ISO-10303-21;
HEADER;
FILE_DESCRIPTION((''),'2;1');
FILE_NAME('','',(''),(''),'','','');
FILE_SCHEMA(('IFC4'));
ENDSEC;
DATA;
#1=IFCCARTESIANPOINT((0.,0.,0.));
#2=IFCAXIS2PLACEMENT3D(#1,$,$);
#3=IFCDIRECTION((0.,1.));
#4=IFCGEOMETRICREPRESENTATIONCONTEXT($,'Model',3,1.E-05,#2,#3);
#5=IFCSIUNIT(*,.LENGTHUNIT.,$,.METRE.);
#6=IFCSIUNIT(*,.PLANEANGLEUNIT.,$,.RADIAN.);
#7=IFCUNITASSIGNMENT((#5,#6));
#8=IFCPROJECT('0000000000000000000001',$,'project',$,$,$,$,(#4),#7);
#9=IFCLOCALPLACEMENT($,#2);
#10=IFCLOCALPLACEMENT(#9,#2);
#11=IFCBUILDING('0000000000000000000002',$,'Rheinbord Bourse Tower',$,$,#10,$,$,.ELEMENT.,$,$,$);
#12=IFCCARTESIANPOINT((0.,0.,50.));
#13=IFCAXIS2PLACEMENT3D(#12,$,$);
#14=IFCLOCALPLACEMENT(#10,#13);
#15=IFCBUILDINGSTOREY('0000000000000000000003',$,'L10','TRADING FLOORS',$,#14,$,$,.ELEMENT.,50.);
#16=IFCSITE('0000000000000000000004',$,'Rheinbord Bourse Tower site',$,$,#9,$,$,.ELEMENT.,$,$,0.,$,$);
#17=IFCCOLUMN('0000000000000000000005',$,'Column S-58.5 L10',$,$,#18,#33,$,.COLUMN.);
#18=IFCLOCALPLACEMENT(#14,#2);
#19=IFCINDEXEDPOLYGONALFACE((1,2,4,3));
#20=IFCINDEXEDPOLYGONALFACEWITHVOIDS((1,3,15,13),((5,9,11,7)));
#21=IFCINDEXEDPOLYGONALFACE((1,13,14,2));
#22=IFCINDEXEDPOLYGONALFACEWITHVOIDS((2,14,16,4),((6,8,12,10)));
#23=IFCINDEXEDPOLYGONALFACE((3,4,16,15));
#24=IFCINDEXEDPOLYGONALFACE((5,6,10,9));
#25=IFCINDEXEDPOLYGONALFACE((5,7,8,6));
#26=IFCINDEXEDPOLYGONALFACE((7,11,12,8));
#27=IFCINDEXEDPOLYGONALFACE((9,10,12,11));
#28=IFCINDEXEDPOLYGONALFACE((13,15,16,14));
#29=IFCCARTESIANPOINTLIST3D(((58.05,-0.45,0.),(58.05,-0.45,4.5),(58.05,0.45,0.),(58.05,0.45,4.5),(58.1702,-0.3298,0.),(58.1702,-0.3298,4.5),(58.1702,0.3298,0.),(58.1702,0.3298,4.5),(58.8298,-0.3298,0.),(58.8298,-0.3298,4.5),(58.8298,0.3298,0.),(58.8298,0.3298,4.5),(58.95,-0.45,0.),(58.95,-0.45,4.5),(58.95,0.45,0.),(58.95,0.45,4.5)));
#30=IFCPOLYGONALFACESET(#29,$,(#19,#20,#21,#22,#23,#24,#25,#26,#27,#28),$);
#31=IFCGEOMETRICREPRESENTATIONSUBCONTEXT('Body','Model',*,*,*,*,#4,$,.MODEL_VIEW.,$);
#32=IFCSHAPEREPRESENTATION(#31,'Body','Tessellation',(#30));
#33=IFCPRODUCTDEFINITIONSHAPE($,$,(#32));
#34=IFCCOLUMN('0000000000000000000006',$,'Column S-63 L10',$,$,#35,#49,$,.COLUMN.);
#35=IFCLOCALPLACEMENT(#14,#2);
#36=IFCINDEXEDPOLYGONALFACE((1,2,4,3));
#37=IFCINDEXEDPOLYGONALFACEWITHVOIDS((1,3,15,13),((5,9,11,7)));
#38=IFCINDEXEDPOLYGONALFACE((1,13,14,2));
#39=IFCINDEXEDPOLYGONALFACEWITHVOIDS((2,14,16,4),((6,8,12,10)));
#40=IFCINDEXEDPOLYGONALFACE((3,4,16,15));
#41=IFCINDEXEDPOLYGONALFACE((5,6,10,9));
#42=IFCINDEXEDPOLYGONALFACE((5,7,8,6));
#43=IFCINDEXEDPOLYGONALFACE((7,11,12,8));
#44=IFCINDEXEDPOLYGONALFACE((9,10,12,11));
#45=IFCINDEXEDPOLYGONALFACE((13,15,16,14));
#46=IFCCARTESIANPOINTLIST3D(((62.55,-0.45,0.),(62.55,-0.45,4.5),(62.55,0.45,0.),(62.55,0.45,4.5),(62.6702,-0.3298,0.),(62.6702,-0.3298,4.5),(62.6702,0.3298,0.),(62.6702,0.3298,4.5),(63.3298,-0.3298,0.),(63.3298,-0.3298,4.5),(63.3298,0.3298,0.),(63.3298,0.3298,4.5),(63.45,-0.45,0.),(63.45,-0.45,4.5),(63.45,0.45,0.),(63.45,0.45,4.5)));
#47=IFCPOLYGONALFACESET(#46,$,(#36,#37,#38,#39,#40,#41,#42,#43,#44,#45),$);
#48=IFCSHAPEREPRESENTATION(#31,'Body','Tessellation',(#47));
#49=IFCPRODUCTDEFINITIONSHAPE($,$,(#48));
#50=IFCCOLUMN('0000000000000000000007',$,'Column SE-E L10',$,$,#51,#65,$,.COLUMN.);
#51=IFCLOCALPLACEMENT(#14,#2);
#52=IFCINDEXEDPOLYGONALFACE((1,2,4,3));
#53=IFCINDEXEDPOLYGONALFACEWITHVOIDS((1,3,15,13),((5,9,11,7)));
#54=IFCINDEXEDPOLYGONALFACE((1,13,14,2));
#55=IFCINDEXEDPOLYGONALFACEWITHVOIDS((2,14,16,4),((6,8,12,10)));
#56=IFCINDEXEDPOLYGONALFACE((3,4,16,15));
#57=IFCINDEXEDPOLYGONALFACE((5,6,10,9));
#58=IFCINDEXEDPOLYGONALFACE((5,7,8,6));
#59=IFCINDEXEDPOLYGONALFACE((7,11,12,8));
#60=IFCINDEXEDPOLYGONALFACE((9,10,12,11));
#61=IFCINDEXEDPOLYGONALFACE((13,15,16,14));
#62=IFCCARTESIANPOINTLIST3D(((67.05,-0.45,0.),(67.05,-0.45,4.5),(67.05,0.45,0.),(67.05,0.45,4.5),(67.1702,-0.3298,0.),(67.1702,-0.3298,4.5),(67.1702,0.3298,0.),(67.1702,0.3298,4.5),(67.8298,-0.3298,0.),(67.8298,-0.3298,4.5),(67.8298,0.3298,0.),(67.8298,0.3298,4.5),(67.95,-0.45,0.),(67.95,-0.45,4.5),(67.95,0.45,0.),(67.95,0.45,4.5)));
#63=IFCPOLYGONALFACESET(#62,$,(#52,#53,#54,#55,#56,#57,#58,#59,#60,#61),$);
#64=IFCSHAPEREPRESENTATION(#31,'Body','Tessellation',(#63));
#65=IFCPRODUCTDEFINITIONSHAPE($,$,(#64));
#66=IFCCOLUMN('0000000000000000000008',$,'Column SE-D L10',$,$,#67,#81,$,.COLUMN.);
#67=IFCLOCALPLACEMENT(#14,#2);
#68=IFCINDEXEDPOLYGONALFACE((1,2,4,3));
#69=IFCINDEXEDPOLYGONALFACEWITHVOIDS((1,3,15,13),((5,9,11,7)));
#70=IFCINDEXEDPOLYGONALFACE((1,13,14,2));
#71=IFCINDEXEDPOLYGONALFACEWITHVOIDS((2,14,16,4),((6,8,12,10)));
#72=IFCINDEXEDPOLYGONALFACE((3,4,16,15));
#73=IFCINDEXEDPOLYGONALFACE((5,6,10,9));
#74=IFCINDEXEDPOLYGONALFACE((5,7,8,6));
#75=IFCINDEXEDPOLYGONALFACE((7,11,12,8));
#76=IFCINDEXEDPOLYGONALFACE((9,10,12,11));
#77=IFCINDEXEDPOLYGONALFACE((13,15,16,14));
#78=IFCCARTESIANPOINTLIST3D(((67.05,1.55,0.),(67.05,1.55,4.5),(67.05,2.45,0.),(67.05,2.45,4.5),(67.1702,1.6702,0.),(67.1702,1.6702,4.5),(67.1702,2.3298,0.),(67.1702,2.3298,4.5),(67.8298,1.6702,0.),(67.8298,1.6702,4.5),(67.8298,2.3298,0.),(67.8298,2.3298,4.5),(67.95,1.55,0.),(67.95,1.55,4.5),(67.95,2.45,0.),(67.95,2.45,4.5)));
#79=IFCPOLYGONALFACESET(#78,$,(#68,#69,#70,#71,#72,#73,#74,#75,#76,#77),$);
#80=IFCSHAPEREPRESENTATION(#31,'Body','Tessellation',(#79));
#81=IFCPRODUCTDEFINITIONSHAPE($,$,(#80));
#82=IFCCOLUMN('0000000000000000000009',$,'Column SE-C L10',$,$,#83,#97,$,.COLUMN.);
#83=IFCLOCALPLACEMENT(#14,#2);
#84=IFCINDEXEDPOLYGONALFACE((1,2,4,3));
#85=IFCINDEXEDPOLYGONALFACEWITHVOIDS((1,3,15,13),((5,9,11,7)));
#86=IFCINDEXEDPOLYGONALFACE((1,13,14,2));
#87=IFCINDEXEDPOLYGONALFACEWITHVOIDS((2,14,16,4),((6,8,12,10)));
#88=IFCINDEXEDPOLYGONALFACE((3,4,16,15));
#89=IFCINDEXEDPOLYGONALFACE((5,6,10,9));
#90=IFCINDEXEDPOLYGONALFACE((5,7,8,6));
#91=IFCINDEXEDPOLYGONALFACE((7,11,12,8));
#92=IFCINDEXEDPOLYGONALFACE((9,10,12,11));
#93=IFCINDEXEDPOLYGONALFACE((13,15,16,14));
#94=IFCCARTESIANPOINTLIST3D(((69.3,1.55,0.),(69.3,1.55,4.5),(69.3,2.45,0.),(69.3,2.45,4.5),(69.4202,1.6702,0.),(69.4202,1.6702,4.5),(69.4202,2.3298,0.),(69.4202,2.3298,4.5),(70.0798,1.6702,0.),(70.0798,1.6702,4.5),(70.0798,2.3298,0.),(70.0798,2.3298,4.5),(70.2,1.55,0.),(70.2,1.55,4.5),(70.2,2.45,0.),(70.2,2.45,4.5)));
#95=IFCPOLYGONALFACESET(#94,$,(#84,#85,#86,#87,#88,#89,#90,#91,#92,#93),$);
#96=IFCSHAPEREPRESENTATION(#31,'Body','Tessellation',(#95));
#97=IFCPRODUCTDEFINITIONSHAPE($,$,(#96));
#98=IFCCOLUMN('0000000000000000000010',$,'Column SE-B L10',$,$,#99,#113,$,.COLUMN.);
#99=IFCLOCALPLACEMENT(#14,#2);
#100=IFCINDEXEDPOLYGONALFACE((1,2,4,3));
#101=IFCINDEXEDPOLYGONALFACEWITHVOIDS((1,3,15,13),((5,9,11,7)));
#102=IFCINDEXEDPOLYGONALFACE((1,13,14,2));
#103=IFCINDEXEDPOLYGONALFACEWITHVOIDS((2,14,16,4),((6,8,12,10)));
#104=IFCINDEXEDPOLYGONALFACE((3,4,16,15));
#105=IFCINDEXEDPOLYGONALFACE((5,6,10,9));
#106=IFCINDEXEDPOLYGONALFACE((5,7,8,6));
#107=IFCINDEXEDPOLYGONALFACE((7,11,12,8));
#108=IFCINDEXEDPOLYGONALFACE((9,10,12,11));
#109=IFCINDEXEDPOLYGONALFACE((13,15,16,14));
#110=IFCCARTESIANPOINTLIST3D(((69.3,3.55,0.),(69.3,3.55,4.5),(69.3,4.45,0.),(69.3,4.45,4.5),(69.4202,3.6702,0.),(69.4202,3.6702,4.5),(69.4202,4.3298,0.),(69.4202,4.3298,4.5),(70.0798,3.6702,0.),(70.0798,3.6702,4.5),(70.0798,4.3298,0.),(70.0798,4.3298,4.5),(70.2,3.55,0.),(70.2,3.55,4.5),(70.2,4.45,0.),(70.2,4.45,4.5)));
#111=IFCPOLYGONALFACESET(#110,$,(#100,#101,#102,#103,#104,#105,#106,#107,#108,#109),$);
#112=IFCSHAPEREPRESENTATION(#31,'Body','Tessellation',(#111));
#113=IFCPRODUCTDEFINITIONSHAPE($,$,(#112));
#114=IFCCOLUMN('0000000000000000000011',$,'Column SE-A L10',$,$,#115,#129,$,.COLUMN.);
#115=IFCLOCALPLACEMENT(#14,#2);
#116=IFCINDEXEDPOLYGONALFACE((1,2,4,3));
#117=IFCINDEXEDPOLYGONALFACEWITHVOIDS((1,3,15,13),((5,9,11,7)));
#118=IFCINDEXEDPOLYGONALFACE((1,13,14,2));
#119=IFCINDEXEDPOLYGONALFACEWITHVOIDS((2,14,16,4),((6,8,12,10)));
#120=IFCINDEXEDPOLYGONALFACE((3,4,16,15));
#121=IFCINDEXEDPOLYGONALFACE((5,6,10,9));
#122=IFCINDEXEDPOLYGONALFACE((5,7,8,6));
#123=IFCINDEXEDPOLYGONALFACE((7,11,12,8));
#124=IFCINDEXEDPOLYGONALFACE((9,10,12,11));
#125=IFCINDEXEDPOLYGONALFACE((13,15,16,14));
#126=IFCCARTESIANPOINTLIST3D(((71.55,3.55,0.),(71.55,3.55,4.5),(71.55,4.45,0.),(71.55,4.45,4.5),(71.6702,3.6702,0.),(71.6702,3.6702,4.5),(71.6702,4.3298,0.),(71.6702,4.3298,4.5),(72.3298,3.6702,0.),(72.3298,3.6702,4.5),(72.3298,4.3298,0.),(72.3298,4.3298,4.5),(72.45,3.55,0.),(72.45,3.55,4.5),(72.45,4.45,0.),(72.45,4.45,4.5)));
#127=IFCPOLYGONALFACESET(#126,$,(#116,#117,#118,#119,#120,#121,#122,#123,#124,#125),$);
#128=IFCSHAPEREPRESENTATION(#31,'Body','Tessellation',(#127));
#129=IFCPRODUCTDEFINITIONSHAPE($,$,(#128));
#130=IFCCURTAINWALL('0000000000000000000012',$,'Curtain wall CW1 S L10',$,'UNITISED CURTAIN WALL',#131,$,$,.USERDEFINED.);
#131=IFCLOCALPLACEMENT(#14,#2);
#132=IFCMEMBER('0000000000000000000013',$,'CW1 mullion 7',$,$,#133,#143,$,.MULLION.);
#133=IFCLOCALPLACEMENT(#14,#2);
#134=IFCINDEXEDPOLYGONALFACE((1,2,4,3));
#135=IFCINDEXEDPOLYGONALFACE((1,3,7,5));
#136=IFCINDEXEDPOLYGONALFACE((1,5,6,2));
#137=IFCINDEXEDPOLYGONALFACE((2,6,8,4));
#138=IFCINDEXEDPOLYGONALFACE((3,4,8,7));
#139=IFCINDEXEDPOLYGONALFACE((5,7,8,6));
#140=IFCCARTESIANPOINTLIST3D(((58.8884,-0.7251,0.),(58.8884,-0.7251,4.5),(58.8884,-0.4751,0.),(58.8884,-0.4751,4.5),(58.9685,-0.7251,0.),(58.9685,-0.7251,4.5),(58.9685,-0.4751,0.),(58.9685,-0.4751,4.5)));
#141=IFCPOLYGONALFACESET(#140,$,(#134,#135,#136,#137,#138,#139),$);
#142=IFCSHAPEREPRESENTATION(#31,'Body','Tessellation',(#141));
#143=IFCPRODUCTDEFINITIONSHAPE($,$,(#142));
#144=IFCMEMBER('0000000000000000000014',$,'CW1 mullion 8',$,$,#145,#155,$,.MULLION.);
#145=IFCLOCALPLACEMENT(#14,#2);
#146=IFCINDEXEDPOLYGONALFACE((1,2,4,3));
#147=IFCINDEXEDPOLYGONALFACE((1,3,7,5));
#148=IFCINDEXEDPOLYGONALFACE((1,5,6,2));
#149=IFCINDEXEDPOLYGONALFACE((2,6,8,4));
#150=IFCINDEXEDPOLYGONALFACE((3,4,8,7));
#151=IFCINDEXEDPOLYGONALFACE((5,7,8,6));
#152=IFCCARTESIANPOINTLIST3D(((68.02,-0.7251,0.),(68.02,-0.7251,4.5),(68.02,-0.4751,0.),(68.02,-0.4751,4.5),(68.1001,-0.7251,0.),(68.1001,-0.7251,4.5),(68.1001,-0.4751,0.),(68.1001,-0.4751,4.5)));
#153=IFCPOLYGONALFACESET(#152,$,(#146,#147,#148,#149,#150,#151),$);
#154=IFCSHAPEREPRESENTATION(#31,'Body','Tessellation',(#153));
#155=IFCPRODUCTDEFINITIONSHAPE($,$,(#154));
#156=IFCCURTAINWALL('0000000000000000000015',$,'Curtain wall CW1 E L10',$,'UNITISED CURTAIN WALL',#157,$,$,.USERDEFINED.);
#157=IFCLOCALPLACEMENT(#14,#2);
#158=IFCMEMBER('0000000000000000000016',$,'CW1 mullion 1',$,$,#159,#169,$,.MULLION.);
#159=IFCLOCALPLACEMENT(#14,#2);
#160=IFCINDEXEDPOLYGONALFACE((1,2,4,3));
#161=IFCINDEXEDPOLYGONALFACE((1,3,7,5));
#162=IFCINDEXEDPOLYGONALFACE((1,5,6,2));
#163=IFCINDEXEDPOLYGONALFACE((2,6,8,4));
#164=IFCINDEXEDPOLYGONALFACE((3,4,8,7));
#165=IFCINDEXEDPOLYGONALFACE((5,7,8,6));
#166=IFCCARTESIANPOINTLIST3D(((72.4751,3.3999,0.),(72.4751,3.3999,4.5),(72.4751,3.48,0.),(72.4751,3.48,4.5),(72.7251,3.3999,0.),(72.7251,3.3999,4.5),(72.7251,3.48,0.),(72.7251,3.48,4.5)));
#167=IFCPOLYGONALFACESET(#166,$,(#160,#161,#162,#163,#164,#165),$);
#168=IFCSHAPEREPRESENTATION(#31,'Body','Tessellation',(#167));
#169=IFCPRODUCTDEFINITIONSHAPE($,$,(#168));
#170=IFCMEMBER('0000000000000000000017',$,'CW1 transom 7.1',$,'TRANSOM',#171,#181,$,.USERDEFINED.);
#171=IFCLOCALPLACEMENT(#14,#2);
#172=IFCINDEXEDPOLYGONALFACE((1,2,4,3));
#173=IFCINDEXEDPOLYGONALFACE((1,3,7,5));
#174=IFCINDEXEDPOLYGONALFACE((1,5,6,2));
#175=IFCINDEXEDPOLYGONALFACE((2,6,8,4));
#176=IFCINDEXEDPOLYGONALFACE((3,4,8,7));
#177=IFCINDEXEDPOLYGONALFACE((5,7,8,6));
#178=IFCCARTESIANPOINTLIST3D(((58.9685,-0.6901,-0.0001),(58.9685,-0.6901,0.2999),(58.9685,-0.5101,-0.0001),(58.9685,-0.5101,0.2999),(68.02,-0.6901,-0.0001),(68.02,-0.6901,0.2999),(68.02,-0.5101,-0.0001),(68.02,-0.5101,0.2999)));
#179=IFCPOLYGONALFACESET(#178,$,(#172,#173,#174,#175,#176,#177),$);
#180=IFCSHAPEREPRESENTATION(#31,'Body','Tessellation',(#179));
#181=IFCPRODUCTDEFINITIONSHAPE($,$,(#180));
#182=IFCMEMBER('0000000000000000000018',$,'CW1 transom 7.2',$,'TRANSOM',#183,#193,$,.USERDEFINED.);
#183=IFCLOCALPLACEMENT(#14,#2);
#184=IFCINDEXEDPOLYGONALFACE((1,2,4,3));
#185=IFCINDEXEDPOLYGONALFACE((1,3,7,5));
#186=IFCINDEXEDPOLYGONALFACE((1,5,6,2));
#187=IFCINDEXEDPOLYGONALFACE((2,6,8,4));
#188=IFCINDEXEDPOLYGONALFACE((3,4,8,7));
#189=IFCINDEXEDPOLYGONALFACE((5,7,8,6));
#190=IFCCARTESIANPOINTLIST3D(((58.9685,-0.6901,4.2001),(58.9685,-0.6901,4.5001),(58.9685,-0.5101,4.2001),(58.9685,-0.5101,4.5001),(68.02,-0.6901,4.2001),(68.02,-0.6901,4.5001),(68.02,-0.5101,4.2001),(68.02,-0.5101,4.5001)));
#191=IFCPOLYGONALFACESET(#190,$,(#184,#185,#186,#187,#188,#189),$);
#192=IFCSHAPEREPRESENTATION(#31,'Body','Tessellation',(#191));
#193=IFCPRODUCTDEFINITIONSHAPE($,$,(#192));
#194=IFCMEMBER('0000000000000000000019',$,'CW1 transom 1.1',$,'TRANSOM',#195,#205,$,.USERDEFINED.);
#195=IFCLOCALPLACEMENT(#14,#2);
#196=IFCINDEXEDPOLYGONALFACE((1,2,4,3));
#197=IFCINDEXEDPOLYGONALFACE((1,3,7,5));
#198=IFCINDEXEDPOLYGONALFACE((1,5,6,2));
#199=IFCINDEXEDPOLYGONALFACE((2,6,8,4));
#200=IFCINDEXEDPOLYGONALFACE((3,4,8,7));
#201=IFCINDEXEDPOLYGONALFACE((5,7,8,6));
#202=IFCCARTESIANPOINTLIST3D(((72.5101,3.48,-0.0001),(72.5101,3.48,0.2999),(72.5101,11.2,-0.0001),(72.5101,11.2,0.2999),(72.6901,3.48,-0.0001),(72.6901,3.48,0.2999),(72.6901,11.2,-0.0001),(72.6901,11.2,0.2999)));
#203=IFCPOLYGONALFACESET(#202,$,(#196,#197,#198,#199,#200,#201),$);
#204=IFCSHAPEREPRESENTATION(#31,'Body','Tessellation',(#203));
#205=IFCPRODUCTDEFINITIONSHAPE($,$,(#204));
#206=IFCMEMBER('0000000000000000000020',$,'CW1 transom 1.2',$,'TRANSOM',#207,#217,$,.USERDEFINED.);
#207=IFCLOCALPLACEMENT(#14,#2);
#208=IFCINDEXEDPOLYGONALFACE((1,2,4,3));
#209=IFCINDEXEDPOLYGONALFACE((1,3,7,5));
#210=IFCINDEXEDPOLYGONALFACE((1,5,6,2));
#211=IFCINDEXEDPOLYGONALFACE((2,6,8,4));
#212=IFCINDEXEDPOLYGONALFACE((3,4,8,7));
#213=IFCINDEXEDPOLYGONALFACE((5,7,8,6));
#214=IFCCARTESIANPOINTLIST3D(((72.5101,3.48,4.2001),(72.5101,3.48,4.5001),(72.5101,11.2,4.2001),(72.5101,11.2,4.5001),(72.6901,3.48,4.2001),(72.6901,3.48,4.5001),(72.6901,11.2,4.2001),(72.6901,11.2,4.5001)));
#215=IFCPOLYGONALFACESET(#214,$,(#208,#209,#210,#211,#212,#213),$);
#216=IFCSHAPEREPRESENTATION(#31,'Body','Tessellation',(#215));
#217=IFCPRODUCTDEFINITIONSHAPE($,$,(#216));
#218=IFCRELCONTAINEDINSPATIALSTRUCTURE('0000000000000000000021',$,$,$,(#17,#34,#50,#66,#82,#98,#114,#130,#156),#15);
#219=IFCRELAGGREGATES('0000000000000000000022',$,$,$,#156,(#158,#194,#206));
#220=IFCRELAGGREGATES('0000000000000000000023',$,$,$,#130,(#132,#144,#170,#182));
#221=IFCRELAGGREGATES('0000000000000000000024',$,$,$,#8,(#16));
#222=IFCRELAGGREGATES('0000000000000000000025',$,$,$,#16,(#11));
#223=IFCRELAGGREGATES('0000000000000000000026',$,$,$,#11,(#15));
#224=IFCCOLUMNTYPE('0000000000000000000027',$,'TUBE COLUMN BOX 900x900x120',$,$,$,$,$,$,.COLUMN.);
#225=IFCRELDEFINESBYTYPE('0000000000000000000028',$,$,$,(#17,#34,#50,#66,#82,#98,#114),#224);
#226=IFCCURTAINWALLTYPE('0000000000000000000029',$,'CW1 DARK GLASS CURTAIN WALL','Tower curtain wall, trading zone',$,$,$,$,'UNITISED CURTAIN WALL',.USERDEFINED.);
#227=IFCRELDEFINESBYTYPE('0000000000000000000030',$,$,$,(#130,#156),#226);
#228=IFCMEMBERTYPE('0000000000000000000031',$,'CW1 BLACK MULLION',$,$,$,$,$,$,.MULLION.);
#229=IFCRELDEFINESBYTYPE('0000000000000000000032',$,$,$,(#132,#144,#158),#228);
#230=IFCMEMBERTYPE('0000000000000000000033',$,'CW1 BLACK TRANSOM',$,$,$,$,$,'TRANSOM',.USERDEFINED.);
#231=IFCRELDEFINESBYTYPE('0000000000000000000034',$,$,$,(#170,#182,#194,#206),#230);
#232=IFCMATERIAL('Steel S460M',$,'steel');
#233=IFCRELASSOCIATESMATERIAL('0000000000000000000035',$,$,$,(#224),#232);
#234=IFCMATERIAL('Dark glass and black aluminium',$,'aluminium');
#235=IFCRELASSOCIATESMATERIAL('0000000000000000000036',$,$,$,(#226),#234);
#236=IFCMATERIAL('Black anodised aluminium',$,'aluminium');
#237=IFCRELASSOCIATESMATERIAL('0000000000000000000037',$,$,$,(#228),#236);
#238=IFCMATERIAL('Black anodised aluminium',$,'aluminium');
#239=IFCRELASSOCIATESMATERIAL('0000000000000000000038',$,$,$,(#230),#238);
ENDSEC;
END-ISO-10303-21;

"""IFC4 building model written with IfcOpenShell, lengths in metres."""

from ifc_helpers import new_model, si_unit, direction, frame, origin, origin_2d, place, context, subcontext, project, spatial, rectangle, hollow_rectangle, extrude, material, material_profile, profile_set, type_object, element, aggregate, save


model = new_model("IFC4")

# Units and contexts
model_context = context("Model", 3, precision=1e-05, world=origin(), true_north=direction((0.0, 1.0)))
body_context = subcontext(model_context, "Body", "Model", "MODEL_VIEW")
ifc_project = project(units=[si_unit("LENGTHUNIT", "METRE"), si_unit("PLANEANGLEUNIT", "RADIAN")], contexts=[model_context])

# Site, building, storey
site_placement = place(None, origin())
site = spatial("IfcSite", under=ifc_project, at=site_placement, Name="Rheinbord Bourse Tower site", CompositionType="ELEMENT", RefElevation=0.0)
building_placement = place(site_placement, origin())
building = spatial("IfcBuilding", under=site, at=building_placement, Name="Rheinbord Bourse Tower", CompositionType="ELEMENT")
storey_placement = place(building_placement, frame((0.0, 0.0, 50.0)))
storey = spatial("IfcBuildingStorey", under=building, at=storey_placement, Name="L10", Description="TRADING FLOORS", CompositionType="ELEMENT", Elevation=50.0)

# Columns
ifc_material_1 = material(Name="Steel S460M", Category="steel")
ifc_material_profile_1 = material_profile(ifc_material_1, hollow_rectangle(XDim=0.8999, YDim=0.8999, WallThickness=0.1201, at=origin_2d()), Name="BOX 900x900x120")
ifc_profile_set_1 = profile_set([ifc_material_profile_1], Name="Steel S460M")
column_type = type_object("IfcColumnType", Name="TUBE COLUMN BOX 900x900x120", PredefinedType="COLUMN", material=ifc_profile_set_1)
for number, where, z_axis, x_axis, name in (
    (1, (58.5, 0.0, 0.0), (0.0, 0.0, 1.0), (0.0, 1.0, 0.0), "Column S-58.5 L10"),
    (2, (63.0, 0.0, 0.0), (0.0, 0.0, 1.0), (0.0, 1.0, 0.0), "Column S-63 L10"),
    (3, (67.5, 0.0, 0.0), (0.0, 0.0, 1.0), (0.0, 1.0, 0.0), "Column SE-E L10"),
    (4, (67.5, 2.0, 0.0), (0.0, 0.0, 1.0), (0.0, 1.0, 0.0), "Column SE-D L10"),
    (5, (69.75, 2.0, 0.0), (0.0, 0.0, 1.0), (1.0, 0.0, 0.0), "Column SE-C L10"),
    (6, (69.75, 4.0, 0.0), (0.0, 0.0, 1.0), (1.0, 0.0, 0.0), "Column SE-B L10"),
    (7, (72.0, 4.0, 0.0), (0.0, 0.0, 1.0), (1.0, 0.0, 0.0), "Column SE-A L10"),
):
    element("IfcColumn", number, at=place(storey_placement, frame(where, z_axis=z_axis, x_axis=x_axis)), inside=storey, type_object=column_type, Name=name, PredefinedType="COLUMN", context=body_context, shape_type="SweptSolid", body=[
        extrude(hollow_rectangle(XDim=0.8999, YDim=0.8999, WallThickness=0.1201, at=origin_2d()), origin(), (0.0, 0.0, 1.0), 4.5),
    ])

# Curtain wall, members
ifc_material_2 = material(Name="Dark glass and black aluminium", Category="aluminium")
curtain_wall_type = type_object("IfcCurtainWallType", Name="CW1 DARK GLASS CURTAIN WALL", Description="Tower curtain wall, trading zone", ElementType="UNITISED CURTAIN WALL", PredefinedType="USERDEFINED", material=ifc_material_2)
curtain_wall_1_placement = place(storey_placement, origin())
curtain_wall_1 = element("IfcCurtainWall", 8, at=curtain_wall_1_placement, inside=storey, type_object=curtain_wall_type, Name="Curtain wall CW1 S L10", ObjectType="UNITISED CURTAIN WALL", PredefinedType="USERDEFINED")
ifc_material_3 = material(Name="Black anodised aluminium", Category="aluminium")
ifc_material_profile_2 = material_profile(ifc_material_3, rectangle(XDim=0.25, YDim=0.0801, at=origin_2d()), Name="CW1 MULLION 80x250")
ifc_profile_set_2 = profile_set([ifc_material_profile_2], Name="Black anodised aluminium")
member_type_1 = type_object("IfcMemberType", Name="CW1 BLACK MULLION", PredefinedType="MULLION", material=ifc_profile_set_2)
member_1_placement = place(storey_placement, frame((58.9285, -0.6001, 0.0), z_axis=(0.0, 0.0, 1.0), x_axis=(0.0, 1.0, 0.0)))
member_1 = element("IfcMember", 9, at=member_1_placement, type_object=member_type_1, Name="CW1 mullion 7", PredefinedType="MULLION", context=body_context, shape_type="SweptSolid", body=[
    extrude(rectangle(XDim=0.25, YDim=0.0801, at=origin_2d()), origin(), (0.0, 0.0, 1.0), 4.5),
])
member_2_placement = place(storey_placement, frame((68.0601, -0.6001, 0.0), z_axis=(0.0, 0.0, 1.0), x_axis=(0.0, 1.0, 0.0)))
member_2 = element("IfcMember", 10, at=member_2_placement, type_object=member_type_1, Name="CW1 mullion 8", PredefinedType="MULLION", context=body_context, shape_type="SweptSolid", body=[
    extrude(rectangle(XDim=0.25, YDim=0.0801, at=origin_2d()), origin(), (0.0, 0.0, 1.0), 4.5),
])

# Curtain wall, member
curtain_wall_2_placement = place(storey_placement, origin())
curtain_wall_2 = element("IfcCurtainWall", 11, at=curtain_wall_2_placement, inside=storey, type_object=curtain_wall_type, Name="Curtain wall CW1 E L10", ObjectType="UNITISED CURTAIN WALL", PredefinedType="USERDEFINED")
member_3_placement = place(storey_placement, frame((72.6001, 3.4399, 0.0), z_axis=(0.0, 0.0, 1.0), x_axis=(-1.0, 0.0, 0.0)))
member_3 = element("IfcMember", 12, at=member_3_placement, type_object=member_type_1, Name="CW1 mullion 1", PredefinedType="MULLION", context=body_context, shape_type="SweptSolid", body=[
    extrude(rectangle(XDim=0.25, YDim=0.0801, at=origin_2d()), origin(), (0.0, 0.0, 1.0), 4.5),
])

# Members
ifc_material_4 = material(Name="Black anodised aluminium", Category="aluminium")
ifc_material_profile_3 = material_profile(ifc_material_4, rectangle(XDim=0.1799, YDim=0.3, at=origin_2d()), Name="CW1 TRANSOM 300x180")
ifc_profile_set_3 = profile_set([ifc_material_profile_3], Name="Black anodised aluminium")
member_type_2 = type_object("IfcMemberType", Name="CW1 BLACK TRANSOM", ElementType="TRANSOM", PredefinedType="USERDEFINED", material=ifc_profile_set_3)
member_4_placement = place(storey_placement, frame((58.9685, -0.6001, 0.1499), z_axis=(1.0, 0.0, 0.0), x_axis=(0.0, 1.0, 0.0)))
member_4 = element("IfcMember", 13, at=member_4_placement, type_object=member_type_2, Name="CW1 transom 7.1", ObjectType="TRANSOM", PredefinedType="USERDEFINED", context=body_context, shape_type="SweptSolid", body=[
    extrude(rectangle(XDim=0.1799, YDim=0.3, at=origin_2d()), origin(), (0.0, 0.0, 1.0), 9.0515),
])
member_5_placement = place(storey_placement, frame((58.9685, -0.6001, 4.3501), z_axis=(1.0, 0.0, 0.0), x_axis=(0.0, 1.0, 0.0)))
member_5 = element("IfcMember", 14, at=member_5_placement, type_object=member_type_2, Name="CW1 transom 7.2", ObjectType="TRANSOM", PredefinedType="USERDEFINED", context=body_context, shape_type="SweptSolid", body=[
    extrude(rectangle(XDim=0.1799, YDim=0.3, at=origin_2d()), origin(), (0.0, 0.0, 1.0), 9.0515),
])
member_6_placement = place(storey_placement, frame((72.6001, 3.48, 0.1499), z_axis=(0.0, 1.0, 0.0), x_axis=(-1.0, 0.0, 0.0)))
member_6 = element("IfcMember", 15, at=member_6_placement, type_object=member_type_2, Name="CW1 transom 1.1", ObjectType="TRANSOM", PredefinedType="USERDEFINED", context=body_context, shape_type="SweptSolid", body=[
    extrude(rectangle(XDim=0.1799, YDim=0.3, at=origin_2d()), origin(), (0.0, 0.0, 1.0), 7.72),
])
member_7_placement = place(storey_placement, frame((72.6001, 3.48, 4.3501), z_axis=(0.0, 1.0, 0.0), x_axis=(-1.0, 0.0, 0.0)))
member_7 = element("IfcMember", 16, at=member_7_placement, type_object=member_type_2, Name="CW1 transom 1.2", ObjectType="TRANSOM", PredefinedType="USERDEFINED", context=body_context, shape_type="SweptSolid", body=[
    extrude(rectangle(XDim=0.1799, YDim=0.3, at=origin_2d()), origin(), (0.0, 0.0, 1.0), 7.72),
])
aggregate(curtain_wall_2, [member_3, member_6, member_7])

aggregate(curtain_wall_1, [member_1, member_2, member_4, member_5])

save(model, "model.ifc")
